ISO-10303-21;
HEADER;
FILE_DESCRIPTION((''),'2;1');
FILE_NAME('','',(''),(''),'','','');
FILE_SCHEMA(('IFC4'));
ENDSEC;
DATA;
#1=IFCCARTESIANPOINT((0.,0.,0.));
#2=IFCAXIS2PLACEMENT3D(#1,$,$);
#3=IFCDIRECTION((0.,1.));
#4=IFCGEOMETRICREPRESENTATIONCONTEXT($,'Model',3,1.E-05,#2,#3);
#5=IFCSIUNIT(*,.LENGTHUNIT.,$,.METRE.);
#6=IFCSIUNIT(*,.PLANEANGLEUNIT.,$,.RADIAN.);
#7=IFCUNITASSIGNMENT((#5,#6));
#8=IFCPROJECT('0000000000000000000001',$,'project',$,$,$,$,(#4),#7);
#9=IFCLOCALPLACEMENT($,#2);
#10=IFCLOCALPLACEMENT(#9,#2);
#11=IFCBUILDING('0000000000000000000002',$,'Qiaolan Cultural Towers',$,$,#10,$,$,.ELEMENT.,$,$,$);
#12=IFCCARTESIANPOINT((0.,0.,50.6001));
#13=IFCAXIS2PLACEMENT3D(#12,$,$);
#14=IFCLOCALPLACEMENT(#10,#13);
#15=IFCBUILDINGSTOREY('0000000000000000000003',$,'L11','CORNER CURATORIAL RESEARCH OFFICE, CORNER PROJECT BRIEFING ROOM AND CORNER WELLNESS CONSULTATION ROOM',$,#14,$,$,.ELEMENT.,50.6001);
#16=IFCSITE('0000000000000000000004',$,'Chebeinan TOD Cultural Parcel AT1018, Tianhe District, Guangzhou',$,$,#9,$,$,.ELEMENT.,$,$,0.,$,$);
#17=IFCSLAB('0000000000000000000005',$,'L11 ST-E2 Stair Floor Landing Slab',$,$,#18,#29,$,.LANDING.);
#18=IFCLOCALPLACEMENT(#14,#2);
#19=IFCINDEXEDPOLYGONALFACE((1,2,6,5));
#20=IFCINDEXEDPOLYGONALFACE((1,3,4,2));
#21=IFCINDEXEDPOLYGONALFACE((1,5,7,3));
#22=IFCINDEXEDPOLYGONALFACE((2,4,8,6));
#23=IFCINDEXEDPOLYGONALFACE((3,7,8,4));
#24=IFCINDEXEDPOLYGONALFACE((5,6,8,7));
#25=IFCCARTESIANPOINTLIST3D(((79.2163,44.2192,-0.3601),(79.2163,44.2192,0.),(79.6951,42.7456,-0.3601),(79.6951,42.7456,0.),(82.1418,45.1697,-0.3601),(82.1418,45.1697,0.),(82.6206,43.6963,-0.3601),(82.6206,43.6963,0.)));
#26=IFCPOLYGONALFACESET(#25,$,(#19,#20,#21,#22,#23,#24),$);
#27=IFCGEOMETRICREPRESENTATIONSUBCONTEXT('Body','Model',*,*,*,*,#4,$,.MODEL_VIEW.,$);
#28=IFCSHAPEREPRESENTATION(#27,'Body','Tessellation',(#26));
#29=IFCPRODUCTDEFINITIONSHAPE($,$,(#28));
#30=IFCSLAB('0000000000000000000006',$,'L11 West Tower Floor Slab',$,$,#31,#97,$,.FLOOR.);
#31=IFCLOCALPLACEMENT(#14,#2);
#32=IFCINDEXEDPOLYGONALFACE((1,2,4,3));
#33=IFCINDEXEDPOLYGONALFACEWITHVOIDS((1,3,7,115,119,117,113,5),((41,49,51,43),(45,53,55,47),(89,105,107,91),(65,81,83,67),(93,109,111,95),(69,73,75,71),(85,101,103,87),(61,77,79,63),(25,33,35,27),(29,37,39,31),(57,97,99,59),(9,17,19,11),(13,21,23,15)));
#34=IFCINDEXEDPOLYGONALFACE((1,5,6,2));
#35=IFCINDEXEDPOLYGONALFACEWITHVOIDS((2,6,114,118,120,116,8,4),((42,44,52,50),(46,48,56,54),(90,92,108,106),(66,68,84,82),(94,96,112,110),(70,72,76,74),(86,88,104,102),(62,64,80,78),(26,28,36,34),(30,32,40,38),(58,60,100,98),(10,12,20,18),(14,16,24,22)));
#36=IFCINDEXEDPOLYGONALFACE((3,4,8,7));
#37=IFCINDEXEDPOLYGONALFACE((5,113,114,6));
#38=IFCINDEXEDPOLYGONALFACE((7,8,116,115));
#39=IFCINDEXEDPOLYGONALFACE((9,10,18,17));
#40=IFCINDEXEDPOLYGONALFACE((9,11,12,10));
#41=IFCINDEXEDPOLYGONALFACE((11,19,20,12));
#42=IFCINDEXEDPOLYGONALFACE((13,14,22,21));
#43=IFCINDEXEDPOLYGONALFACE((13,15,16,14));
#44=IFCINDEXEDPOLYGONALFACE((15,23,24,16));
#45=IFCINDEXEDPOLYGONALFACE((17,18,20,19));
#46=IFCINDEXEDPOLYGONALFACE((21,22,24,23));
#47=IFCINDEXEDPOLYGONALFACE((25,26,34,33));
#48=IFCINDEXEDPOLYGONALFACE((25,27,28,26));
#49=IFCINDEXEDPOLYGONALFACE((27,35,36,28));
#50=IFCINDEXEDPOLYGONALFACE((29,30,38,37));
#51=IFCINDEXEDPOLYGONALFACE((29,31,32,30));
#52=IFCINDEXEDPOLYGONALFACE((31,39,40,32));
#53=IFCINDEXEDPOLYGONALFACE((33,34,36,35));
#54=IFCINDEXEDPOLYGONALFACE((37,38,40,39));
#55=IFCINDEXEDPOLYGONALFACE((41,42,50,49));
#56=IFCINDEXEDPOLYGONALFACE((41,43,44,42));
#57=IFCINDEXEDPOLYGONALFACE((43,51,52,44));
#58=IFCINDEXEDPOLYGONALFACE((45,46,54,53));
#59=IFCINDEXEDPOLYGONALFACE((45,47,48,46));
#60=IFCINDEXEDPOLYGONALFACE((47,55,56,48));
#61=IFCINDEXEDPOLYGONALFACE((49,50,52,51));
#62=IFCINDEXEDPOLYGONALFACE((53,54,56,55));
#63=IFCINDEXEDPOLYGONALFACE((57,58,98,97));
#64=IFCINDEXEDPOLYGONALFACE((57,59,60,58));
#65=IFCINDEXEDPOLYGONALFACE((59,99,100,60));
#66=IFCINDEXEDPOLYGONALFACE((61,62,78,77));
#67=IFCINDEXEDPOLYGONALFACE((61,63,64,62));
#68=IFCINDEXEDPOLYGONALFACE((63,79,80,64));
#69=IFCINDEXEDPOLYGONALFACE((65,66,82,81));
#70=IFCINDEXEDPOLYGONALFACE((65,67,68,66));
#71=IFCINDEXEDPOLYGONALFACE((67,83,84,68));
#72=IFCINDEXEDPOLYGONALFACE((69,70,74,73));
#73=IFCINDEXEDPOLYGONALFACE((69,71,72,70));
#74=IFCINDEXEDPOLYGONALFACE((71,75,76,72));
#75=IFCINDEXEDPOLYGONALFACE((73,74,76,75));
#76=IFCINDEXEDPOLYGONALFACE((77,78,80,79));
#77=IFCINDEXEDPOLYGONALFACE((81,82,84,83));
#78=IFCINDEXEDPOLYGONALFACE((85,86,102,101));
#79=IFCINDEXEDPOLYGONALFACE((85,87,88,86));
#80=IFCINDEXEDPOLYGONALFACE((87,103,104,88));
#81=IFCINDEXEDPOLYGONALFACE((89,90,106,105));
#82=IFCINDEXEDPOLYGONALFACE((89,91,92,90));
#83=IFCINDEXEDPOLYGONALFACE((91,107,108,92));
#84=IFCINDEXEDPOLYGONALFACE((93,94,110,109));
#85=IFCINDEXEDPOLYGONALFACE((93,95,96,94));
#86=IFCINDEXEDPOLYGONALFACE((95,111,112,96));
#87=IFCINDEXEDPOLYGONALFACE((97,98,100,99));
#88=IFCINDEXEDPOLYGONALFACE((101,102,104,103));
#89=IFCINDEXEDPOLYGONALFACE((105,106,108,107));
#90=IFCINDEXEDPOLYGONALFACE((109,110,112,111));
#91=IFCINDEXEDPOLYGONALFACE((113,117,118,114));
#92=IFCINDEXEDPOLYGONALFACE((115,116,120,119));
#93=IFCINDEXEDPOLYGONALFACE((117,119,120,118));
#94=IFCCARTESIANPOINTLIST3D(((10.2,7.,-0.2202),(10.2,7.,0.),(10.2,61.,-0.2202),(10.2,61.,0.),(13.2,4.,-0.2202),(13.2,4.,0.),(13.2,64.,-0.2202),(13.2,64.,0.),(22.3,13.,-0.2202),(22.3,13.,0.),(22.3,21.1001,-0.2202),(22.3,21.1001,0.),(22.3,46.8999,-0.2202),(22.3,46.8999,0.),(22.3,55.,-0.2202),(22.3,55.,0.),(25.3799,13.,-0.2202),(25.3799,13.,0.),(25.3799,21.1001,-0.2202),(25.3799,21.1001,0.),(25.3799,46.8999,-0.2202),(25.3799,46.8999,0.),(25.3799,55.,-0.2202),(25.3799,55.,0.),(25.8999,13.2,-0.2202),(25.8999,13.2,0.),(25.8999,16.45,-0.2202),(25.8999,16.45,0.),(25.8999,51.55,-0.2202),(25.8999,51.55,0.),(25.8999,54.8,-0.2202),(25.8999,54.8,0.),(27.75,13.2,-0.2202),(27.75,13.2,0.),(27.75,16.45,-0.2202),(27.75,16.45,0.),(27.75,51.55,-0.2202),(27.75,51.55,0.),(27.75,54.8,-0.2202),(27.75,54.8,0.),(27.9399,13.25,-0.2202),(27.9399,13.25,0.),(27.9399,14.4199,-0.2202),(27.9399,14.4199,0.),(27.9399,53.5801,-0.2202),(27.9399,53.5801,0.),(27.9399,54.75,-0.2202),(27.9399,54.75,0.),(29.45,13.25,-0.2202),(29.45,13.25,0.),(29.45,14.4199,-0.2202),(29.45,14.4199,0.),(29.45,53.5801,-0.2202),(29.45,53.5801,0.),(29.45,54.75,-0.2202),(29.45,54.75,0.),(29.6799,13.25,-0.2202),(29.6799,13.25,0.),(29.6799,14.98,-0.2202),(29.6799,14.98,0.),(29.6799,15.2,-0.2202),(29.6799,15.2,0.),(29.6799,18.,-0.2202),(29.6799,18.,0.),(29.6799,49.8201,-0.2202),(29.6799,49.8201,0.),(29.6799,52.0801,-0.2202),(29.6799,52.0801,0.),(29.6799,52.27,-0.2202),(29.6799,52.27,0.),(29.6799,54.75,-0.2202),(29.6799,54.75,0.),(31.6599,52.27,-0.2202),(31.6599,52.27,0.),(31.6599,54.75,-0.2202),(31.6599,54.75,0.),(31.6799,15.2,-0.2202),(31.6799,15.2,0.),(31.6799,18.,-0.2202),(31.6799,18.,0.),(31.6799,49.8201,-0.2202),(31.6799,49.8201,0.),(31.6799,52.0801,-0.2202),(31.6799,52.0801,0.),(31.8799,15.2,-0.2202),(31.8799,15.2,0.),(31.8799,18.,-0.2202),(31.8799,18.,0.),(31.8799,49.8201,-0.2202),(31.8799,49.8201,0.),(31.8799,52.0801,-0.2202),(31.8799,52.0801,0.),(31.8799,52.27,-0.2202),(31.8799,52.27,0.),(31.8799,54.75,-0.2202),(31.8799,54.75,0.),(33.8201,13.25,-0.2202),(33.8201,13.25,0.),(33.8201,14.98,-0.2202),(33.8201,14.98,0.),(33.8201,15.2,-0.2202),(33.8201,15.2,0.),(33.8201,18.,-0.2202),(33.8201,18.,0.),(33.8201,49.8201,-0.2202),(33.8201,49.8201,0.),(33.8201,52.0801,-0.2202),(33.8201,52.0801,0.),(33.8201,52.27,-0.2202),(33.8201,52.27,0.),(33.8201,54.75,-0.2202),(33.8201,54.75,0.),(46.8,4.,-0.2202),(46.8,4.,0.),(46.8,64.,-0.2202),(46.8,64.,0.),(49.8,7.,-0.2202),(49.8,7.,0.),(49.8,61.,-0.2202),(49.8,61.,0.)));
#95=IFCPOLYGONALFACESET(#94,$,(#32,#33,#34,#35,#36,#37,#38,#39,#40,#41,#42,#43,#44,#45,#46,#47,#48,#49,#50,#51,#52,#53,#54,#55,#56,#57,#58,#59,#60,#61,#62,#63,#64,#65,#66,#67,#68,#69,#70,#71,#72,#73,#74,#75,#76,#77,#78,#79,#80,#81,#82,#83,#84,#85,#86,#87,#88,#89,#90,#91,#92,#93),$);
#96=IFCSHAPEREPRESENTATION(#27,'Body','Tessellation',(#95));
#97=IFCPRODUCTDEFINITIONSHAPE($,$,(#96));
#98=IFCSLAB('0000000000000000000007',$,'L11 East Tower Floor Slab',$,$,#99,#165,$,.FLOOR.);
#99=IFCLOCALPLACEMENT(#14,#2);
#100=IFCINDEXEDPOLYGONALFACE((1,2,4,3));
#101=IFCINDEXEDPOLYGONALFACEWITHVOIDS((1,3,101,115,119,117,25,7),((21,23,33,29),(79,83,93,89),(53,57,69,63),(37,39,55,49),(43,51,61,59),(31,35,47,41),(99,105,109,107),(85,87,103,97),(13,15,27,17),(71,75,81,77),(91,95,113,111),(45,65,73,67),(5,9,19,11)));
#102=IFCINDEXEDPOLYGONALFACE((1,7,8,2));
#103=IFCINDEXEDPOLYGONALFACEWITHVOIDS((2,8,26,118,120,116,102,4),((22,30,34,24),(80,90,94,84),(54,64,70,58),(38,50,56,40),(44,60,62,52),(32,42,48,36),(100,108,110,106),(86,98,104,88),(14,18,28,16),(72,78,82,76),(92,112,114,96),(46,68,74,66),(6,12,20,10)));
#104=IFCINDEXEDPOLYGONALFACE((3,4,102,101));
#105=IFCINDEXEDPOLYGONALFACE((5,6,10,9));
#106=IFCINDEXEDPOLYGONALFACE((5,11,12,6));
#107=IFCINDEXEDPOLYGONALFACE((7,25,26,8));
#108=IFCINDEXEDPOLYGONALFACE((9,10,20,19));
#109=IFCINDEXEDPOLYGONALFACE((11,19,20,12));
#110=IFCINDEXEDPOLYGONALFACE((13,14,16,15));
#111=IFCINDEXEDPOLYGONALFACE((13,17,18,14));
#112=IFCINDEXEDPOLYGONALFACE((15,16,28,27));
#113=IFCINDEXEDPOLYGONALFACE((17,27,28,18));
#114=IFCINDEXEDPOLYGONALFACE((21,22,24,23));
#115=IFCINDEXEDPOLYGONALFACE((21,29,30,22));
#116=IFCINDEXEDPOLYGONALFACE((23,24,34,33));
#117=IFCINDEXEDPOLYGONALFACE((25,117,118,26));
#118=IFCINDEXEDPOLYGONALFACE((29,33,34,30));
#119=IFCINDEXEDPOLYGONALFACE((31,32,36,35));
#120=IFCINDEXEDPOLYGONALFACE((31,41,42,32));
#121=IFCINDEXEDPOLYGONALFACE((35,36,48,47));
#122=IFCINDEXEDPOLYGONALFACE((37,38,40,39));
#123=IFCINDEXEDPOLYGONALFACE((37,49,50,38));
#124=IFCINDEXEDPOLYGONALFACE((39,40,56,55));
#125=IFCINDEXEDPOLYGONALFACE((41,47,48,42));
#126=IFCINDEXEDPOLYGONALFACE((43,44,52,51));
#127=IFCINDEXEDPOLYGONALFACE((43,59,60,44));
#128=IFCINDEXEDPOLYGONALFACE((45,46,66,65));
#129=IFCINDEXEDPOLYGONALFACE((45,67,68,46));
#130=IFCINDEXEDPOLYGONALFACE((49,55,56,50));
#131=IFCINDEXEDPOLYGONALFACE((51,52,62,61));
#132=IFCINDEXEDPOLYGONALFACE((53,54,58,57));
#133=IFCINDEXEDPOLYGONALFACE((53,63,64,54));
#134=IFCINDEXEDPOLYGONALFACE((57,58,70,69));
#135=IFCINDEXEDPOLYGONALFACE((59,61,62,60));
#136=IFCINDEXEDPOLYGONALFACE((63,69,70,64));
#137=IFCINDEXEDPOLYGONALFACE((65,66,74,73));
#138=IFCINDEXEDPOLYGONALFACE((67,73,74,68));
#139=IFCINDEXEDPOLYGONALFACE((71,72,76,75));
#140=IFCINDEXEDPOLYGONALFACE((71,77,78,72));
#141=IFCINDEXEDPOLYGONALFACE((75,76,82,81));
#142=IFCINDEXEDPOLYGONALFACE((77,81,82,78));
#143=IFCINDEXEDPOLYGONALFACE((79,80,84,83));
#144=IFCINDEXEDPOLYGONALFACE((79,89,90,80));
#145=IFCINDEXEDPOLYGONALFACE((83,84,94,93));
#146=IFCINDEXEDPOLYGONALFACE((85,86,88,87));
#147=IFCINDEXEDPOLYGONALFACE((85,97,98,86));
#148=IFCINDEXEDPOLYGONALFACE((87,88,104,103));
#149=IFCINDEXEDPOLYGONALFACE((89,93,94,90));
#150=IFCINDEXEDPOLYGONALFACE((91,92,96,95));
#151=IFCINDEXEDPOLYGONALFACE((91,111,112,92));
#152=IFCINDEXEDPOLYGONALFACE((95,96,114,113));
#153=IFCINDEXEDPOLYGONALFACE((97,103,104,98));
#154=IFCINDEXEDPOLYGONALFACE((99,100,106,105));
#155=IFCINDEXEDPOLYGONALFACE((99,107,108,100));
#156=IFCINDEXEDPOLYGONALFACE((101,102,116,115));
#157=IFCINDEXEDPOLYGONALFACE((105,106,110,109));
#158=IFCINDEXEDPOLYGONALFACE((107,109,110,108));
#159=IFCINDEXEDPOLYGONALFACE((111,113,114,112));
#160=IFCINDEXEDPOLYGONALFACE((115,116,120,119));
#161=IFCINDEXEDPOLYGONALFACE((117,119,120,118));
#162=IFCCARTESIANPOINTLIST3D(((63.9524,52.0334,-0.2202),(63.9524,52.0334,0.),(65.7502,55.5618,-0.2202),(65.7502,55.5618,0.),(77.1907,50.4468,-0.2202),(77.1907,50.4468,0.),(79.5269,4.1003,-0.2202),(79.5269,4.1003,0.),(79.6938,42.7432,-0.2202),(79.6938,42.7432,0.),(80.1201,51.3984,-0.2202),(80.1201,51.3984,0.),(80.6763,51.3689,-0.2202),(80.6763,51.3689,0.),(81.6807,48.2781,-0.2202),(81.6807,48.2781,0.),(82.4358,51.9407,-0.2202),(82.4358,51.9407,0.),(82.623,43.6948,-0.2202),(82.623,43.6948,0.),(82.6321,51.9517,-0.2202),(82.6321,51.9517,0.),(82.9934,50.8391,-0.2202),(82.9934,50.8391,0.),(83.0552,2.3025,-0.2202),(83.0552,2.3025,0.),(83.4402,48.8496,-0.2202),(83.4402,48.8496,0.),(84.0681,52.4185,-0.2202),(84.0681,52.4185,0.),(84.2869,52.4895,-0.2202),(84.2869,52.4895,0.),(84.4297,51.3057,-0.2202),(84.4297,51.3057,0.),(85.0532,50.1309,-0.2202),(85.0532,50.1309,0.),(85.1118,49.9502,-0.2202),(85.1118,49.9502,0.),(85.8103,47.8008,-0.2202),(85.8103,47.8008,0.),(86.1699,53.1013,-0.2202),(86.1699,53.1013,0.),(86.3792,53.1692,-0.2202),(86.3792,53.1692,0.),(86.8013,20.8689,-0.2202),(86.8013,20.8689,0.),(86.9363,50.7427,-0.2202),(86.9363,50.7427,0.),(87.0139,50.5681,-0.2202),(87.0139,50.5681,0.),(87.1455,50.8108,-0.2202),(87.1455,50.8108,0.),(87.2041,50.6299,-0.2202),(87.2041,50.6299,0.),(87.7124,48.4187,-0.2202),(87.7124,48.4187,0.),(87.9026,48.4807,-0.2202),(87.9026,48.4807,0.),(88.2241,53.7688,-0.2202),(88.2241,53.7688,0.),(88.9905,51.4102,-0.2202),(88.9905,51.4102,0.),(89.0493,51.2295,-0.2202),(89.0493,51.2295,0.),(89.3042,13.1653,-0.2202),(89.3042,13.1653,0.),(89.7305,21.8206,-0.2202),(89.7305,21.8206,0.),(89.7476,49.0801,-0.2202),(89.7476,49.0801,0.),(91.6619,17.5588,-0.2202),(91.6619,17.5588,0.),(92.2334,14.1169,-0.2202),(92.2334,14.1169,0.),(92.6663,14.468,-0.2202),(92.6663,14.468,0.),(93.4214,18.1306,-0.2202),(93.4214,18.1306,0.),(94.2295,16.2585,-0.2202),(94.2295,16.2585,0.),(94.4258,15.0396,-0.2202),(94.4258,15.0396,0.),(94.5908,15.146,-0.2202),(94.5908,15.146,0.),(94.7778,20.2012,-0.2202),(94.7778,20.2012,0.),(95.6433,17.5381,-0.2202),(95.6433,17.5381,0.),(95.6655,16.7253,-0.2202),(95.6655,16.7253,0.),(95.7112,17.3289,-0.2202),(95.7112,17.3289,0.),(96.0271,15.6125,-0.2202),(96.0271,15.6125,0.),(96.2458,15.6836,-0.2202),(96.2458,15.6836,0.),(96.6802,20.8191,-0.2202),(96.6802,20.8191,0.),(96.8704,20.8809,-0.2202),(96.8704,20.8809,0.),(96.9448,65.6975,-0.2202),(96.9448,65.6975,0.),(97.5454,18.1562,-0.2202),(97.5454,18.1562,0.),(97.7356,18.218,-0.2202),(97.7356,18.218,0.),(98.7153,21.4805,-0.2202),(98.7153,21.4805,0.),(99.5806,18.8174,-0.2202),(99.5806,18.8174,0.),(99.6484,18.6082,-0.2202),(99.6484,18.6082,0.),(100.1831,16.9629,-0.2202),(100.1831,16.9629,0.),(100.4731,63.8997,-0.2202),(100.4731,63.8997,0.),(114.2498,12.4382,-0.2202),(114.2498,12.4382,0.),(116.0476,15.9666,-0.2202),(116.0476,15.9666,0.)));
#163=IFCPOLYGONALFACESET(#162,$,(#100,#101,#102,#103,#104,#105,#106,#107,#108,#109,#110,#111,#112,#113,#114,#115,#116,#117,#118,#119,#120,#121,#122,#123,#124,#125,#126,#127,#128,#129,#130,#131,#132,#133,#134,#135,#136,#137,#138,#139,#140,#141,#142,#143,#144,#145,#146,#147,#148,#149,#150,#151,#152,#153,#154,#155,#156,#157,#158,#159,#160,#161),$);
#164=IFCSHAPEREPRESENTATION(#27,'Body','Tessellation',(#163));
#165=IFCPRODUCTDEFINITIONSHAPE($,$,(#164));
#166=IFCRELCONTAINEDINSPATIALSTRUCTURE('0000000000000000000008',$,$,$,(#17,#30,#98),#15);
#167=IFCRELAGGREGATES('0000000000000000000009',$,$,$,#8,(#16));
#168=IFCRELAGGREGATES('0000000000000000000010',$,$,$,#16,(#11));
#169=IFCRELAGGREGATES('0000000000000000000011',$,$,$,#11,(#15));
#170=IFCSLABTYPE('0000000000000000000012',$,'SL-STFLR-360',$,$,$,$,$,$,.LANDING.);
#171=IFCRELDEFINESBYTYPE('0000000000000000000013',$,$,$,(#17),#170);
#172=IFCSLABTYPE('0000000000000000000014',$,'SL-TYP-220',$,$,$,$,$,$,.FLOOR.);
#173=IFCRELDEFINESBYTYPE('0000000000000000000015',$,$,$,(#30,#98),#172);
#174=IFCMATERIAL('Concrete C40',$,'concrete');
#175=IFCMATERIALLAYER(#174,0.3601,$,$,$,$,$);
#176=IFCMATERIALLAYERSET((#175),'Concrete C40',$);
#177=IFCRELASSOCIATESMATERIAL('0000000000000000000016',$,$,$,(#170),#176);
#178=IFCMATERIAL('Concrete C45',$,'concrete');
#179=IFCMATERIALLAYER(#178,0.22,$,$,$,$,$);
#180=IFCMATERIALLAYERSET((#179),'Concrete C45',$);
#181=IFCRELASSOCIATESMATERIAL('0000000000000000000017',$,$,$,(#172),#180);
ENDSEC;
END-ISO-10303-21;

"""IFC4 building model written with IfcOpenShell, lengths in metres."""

from ifc_helpers import new_model, si_unit, direction, frame, origin, place, context, subcontext, project, spatial, polyline, outline, extrude, material, layer, layer_set, type_object, element, save


model = new_model("IFC4")

# Units and contexts
model_context = context("Model", 3, precision=1e-05, world=origin(), true_north=direction((0.0, 1.0)))
body_context = subcontext(model_context, "Body", "Model", "MODEL_VIEW")
ifc_project = project(units=[si_unit("LENGTHUNIT", "METRE"), si_unit("PLANEANGLEUNIT", "RADIAN")], contexts=[model_context])

# Site, building, storey
site_placement = place(None, origin())
site = spatial("IfcSite", under=ifc_project, at=site_placement, Name="Chebeinan TOD Cultural Parcel AT1018, Tianhe District, Guangzhou", CompositionType="ELEMENT", RefElevation=0.0)
building_placement = place(site_placement, origin())
building = spatial("IfcBuilding", under=site, at=building_placement, Name="Qiaolan Cultural Towers", CompositionType="ELEMENT")
storey_placement = place(building_placement, frame((0.0, 0.0, 50.6001)))
storey = spatial("IfcBuildingStorey", under=building, at=storey_placement, Name="L11", Description="CORNER CURATORIAL RESEARCH OFFICE, CORNER PROJECT BRIEFING ROOM AND CORNER WELLNESS CONSULTATION ROOM", CompositionType="ELEMENT", Elevation=50.6001)

# Slabs
ifc_material_1 = material(Name="Concrete C40", Category="concrete")
ifc_layer_1 = layer(ifc_material_1, 0.3601)
ifc_layer_set_1 = layer_set([ifc_layer_1], Name="Concrete C40")
slab_type_1 = type_object("IfcSlabType", Name="SL-STFLR-360", PredefinedType="LANDING", material=ifc_layer_set_1)
slab_1_placement = place(storey_placement, frame((0.0, 0.0, -0.3601)))
element("IfcSlab", 1, at=slab_1_placement, inside=storey, type_object=slab_type_1, Name="L11 ST-E2 Stair Floor Landing Slab", PredefinedType="LANDING", context=body_context, shape_type="SweptSolid", body=[
    extrude(outline(polyline([(82.6206, 43.6963), (82.1418, 45.1697), (79.2163, 44.2192), (79.6951, 42.7456), (82.6206, 43.6963)])), origin(), (0.0, 0.0, 1.0), 0.3601),
])
ifc_material_2 = material(Name="Concrete C45", Category="concrete")
ifc_layer_2 = layer(ifc_material_2, 0.22)
ifc_layer_set_2 = layer_set([ifc_layer_2], Name="Concrete C45")
slab_type_2 = type_object("IfcSlabType", Name="SL-TYP-220", PredefinedType="FLOOR", material=ifc_layer_set_2)
slab_2_placement = place(storey_placement, frame((0.0, 0.0, -0.2202)))
element("IfcSlab", 2, at=slab_2_placement, inside=storey, type_object=slab_type_2, Name="L11 West Tower Floor Slab", PredefinedType="FLOOR", context=body_context, shape_type="SweptSolid", body=[
    extrude(outline(polyline([(13.2, 4.0), (46.8, 4.0), (49.8, 7.0), (49.8, 61.0), (46.8, 64.0), (13.2, 64.0), (10.2, 61.0), (10.2, 7.0), (13.2, 4.0)]), holes=[polyline([(22.3, 21.1001), (22.3, 13.0), (25.3799, 13.0), (25.3799, 21.1001), (22.3, 21.1001)]), polyline([(25.3799, 46.8999), (25.3799, 55.0), (22.3, 55.0), (22.3, 46.8999), (25.3799, 46.8999)]), polyline([(25.8999, 13.2), (27.75, 13.2), (27.75, 16.45), (25.8999, 16.45), (25.8999, 13.2)]), polyline([(27.9399, 13.25), (29.45, 13.25), (29.45, 14.4199), (27.9399, 14.4199), (27.9399, 13.25)]), polyline([(29.6799, 15.2), (31.6799, 15.2), (31.6799, 18.0), (29.6799, 18.0), (29.6799, 15.2)]), polyline([(31.8799, 15.2), (33.8201, 15.2), (33.8201, 18.0), (31.8799, 18.0), (31.8799, 15.2)]), polyline([(29.6799, 13.25), (33.8201, 13.25), (33.8201, 14.98), (29.6799, 14.98), (29.6799, 13.25)]), polyline([(25.8999, 51.55), (27.75, 51.55), (27.75, 54.8), (25.8999, 54.8), (25.8999, 51.55)]), polyline([(27.9399, 53.5801), (29.45, 53.5801), (29.45, 54.75), (27.9399, 54.75), (27.9399, 53.5801)]), polyline([(29.6799, 49.8201), (31.6799, 49.8201), (31.6799, 52.0801), (29.6799, 52.0801), (29.6799, 49.8201)]), polyline([(31.8799, 49.8201), (33.8201, 49.8201), (33.8201, 52.0801), (31.8799, 52.0801), (31.8799, 49.8201)]), polyline([(29.6799, 52.27), (31.6599, 52.27), (31.6599, 54.75), (29.6799, 54.75), (29.6799, 52.27)]), polyline([(31.8799, 52.27), (33.8201, 52.27), (33.8201, 54.75), (31.8799, 54.75), (31.8799, 52.27)])]), origin(), (0.0, 0.0, 1.0), 0.2202),
])
slab_3_placement = place(storey_placement, frame((0.0, 0.0, -0.2202)))
element("IfcSlab", 3, at=slab_3_placement, inside=storey, type_object=slab_type_2, Name="L11 East Tower Floor Slab", PredefinedType="FLOOR", context=body_context, shape_type="SweptSolid", body=[
    extrude(outline(polyline([(83.0552, 2.3025), (114.2498, 12.4382), (116.0476, 15.9666), (100.4731, 63.8997), (96.9448, 65.6975), (65.7502, 55.5618), (63.9524, 52.0334), (79.5269, 4.1003), (83.0552, 2.3025)]), holes=[polyline([(86.8013, 20.8689), (89.3042, 13.1653), (92.2334, 14.1169), (89.7305, 21.8206), (86.8013, 20.8689)]), polyline([(82.623, 43.6948), (80.1201, 51.3984), (77.1907, 50.4468), (79.6938, 42.7432), (82.623, 43.6948)]), polyline([(92.6663, 14.468), (94.4258, 15.0396), (93.4214, 18.1306), (91.6619, 17.5588), (92.6663, 14.468)]), polyline([(94.5908, 15.146), (96.0271, 15.6125), (95.6655, 16.7253), (94.2295, 16.2585), (94.5908, 15.146)]), polyline([(95.6433, 17.5381), (97.5454, 18.1562), (96.6802, 20.8191), (94.7778, 20.2012), (95.6433, 17.5381)]), polyline([(97.7356, 18.218), (99.5806, 18.8174), (98.7153, 21.4805), (96.8704, 20.8809), (97.7356, 18.218)]), polyline([(96.2458, 15.6836), (100.1831, 16.9629), (99.6484, 18.6082), (95.7112, 17.3289), (96.2458, 15.6836)]), polyline([(81.6807, 48.2781), (83.4402, 48.8496), (82.4358, 51.9407), (80.6763, 51.3689), (81.6807, 48.2781)]), polyline([(82.9934, 50.8391), (84.4297, 51.3057), (84.0681, 52.4185), (82.6321, 51.9517), (82.9934, 50.8391)]), polyline([(85.8103, 47.8008), (87.7124, 48.4187), (87.0139, 50.5681), (85.1118, 49.9502), (85.8103, 47.8008)]), polyline([(87.9026, 48.4807), (89.7476, 49.0801), (89.0493, 51.2295), (87.2041, 50.6299), (87.9026, 48.4807)]), polyline([(85.0532, 50.1309), (86.9363, 50.7427), (86.1699, 53.1013), (84.2869, 52.4895), (85.0532, 50.1309)]), polyline([(87.1455, 50.8108), (88.9905, 51.4102), (88.2241, 53.7688), (86.3792, 53.1692), (87.1455, 50.8108)])]), origin(), (0.0, 0.0, 1.0), 0.2202),
])

save(model, "model.ifc")
